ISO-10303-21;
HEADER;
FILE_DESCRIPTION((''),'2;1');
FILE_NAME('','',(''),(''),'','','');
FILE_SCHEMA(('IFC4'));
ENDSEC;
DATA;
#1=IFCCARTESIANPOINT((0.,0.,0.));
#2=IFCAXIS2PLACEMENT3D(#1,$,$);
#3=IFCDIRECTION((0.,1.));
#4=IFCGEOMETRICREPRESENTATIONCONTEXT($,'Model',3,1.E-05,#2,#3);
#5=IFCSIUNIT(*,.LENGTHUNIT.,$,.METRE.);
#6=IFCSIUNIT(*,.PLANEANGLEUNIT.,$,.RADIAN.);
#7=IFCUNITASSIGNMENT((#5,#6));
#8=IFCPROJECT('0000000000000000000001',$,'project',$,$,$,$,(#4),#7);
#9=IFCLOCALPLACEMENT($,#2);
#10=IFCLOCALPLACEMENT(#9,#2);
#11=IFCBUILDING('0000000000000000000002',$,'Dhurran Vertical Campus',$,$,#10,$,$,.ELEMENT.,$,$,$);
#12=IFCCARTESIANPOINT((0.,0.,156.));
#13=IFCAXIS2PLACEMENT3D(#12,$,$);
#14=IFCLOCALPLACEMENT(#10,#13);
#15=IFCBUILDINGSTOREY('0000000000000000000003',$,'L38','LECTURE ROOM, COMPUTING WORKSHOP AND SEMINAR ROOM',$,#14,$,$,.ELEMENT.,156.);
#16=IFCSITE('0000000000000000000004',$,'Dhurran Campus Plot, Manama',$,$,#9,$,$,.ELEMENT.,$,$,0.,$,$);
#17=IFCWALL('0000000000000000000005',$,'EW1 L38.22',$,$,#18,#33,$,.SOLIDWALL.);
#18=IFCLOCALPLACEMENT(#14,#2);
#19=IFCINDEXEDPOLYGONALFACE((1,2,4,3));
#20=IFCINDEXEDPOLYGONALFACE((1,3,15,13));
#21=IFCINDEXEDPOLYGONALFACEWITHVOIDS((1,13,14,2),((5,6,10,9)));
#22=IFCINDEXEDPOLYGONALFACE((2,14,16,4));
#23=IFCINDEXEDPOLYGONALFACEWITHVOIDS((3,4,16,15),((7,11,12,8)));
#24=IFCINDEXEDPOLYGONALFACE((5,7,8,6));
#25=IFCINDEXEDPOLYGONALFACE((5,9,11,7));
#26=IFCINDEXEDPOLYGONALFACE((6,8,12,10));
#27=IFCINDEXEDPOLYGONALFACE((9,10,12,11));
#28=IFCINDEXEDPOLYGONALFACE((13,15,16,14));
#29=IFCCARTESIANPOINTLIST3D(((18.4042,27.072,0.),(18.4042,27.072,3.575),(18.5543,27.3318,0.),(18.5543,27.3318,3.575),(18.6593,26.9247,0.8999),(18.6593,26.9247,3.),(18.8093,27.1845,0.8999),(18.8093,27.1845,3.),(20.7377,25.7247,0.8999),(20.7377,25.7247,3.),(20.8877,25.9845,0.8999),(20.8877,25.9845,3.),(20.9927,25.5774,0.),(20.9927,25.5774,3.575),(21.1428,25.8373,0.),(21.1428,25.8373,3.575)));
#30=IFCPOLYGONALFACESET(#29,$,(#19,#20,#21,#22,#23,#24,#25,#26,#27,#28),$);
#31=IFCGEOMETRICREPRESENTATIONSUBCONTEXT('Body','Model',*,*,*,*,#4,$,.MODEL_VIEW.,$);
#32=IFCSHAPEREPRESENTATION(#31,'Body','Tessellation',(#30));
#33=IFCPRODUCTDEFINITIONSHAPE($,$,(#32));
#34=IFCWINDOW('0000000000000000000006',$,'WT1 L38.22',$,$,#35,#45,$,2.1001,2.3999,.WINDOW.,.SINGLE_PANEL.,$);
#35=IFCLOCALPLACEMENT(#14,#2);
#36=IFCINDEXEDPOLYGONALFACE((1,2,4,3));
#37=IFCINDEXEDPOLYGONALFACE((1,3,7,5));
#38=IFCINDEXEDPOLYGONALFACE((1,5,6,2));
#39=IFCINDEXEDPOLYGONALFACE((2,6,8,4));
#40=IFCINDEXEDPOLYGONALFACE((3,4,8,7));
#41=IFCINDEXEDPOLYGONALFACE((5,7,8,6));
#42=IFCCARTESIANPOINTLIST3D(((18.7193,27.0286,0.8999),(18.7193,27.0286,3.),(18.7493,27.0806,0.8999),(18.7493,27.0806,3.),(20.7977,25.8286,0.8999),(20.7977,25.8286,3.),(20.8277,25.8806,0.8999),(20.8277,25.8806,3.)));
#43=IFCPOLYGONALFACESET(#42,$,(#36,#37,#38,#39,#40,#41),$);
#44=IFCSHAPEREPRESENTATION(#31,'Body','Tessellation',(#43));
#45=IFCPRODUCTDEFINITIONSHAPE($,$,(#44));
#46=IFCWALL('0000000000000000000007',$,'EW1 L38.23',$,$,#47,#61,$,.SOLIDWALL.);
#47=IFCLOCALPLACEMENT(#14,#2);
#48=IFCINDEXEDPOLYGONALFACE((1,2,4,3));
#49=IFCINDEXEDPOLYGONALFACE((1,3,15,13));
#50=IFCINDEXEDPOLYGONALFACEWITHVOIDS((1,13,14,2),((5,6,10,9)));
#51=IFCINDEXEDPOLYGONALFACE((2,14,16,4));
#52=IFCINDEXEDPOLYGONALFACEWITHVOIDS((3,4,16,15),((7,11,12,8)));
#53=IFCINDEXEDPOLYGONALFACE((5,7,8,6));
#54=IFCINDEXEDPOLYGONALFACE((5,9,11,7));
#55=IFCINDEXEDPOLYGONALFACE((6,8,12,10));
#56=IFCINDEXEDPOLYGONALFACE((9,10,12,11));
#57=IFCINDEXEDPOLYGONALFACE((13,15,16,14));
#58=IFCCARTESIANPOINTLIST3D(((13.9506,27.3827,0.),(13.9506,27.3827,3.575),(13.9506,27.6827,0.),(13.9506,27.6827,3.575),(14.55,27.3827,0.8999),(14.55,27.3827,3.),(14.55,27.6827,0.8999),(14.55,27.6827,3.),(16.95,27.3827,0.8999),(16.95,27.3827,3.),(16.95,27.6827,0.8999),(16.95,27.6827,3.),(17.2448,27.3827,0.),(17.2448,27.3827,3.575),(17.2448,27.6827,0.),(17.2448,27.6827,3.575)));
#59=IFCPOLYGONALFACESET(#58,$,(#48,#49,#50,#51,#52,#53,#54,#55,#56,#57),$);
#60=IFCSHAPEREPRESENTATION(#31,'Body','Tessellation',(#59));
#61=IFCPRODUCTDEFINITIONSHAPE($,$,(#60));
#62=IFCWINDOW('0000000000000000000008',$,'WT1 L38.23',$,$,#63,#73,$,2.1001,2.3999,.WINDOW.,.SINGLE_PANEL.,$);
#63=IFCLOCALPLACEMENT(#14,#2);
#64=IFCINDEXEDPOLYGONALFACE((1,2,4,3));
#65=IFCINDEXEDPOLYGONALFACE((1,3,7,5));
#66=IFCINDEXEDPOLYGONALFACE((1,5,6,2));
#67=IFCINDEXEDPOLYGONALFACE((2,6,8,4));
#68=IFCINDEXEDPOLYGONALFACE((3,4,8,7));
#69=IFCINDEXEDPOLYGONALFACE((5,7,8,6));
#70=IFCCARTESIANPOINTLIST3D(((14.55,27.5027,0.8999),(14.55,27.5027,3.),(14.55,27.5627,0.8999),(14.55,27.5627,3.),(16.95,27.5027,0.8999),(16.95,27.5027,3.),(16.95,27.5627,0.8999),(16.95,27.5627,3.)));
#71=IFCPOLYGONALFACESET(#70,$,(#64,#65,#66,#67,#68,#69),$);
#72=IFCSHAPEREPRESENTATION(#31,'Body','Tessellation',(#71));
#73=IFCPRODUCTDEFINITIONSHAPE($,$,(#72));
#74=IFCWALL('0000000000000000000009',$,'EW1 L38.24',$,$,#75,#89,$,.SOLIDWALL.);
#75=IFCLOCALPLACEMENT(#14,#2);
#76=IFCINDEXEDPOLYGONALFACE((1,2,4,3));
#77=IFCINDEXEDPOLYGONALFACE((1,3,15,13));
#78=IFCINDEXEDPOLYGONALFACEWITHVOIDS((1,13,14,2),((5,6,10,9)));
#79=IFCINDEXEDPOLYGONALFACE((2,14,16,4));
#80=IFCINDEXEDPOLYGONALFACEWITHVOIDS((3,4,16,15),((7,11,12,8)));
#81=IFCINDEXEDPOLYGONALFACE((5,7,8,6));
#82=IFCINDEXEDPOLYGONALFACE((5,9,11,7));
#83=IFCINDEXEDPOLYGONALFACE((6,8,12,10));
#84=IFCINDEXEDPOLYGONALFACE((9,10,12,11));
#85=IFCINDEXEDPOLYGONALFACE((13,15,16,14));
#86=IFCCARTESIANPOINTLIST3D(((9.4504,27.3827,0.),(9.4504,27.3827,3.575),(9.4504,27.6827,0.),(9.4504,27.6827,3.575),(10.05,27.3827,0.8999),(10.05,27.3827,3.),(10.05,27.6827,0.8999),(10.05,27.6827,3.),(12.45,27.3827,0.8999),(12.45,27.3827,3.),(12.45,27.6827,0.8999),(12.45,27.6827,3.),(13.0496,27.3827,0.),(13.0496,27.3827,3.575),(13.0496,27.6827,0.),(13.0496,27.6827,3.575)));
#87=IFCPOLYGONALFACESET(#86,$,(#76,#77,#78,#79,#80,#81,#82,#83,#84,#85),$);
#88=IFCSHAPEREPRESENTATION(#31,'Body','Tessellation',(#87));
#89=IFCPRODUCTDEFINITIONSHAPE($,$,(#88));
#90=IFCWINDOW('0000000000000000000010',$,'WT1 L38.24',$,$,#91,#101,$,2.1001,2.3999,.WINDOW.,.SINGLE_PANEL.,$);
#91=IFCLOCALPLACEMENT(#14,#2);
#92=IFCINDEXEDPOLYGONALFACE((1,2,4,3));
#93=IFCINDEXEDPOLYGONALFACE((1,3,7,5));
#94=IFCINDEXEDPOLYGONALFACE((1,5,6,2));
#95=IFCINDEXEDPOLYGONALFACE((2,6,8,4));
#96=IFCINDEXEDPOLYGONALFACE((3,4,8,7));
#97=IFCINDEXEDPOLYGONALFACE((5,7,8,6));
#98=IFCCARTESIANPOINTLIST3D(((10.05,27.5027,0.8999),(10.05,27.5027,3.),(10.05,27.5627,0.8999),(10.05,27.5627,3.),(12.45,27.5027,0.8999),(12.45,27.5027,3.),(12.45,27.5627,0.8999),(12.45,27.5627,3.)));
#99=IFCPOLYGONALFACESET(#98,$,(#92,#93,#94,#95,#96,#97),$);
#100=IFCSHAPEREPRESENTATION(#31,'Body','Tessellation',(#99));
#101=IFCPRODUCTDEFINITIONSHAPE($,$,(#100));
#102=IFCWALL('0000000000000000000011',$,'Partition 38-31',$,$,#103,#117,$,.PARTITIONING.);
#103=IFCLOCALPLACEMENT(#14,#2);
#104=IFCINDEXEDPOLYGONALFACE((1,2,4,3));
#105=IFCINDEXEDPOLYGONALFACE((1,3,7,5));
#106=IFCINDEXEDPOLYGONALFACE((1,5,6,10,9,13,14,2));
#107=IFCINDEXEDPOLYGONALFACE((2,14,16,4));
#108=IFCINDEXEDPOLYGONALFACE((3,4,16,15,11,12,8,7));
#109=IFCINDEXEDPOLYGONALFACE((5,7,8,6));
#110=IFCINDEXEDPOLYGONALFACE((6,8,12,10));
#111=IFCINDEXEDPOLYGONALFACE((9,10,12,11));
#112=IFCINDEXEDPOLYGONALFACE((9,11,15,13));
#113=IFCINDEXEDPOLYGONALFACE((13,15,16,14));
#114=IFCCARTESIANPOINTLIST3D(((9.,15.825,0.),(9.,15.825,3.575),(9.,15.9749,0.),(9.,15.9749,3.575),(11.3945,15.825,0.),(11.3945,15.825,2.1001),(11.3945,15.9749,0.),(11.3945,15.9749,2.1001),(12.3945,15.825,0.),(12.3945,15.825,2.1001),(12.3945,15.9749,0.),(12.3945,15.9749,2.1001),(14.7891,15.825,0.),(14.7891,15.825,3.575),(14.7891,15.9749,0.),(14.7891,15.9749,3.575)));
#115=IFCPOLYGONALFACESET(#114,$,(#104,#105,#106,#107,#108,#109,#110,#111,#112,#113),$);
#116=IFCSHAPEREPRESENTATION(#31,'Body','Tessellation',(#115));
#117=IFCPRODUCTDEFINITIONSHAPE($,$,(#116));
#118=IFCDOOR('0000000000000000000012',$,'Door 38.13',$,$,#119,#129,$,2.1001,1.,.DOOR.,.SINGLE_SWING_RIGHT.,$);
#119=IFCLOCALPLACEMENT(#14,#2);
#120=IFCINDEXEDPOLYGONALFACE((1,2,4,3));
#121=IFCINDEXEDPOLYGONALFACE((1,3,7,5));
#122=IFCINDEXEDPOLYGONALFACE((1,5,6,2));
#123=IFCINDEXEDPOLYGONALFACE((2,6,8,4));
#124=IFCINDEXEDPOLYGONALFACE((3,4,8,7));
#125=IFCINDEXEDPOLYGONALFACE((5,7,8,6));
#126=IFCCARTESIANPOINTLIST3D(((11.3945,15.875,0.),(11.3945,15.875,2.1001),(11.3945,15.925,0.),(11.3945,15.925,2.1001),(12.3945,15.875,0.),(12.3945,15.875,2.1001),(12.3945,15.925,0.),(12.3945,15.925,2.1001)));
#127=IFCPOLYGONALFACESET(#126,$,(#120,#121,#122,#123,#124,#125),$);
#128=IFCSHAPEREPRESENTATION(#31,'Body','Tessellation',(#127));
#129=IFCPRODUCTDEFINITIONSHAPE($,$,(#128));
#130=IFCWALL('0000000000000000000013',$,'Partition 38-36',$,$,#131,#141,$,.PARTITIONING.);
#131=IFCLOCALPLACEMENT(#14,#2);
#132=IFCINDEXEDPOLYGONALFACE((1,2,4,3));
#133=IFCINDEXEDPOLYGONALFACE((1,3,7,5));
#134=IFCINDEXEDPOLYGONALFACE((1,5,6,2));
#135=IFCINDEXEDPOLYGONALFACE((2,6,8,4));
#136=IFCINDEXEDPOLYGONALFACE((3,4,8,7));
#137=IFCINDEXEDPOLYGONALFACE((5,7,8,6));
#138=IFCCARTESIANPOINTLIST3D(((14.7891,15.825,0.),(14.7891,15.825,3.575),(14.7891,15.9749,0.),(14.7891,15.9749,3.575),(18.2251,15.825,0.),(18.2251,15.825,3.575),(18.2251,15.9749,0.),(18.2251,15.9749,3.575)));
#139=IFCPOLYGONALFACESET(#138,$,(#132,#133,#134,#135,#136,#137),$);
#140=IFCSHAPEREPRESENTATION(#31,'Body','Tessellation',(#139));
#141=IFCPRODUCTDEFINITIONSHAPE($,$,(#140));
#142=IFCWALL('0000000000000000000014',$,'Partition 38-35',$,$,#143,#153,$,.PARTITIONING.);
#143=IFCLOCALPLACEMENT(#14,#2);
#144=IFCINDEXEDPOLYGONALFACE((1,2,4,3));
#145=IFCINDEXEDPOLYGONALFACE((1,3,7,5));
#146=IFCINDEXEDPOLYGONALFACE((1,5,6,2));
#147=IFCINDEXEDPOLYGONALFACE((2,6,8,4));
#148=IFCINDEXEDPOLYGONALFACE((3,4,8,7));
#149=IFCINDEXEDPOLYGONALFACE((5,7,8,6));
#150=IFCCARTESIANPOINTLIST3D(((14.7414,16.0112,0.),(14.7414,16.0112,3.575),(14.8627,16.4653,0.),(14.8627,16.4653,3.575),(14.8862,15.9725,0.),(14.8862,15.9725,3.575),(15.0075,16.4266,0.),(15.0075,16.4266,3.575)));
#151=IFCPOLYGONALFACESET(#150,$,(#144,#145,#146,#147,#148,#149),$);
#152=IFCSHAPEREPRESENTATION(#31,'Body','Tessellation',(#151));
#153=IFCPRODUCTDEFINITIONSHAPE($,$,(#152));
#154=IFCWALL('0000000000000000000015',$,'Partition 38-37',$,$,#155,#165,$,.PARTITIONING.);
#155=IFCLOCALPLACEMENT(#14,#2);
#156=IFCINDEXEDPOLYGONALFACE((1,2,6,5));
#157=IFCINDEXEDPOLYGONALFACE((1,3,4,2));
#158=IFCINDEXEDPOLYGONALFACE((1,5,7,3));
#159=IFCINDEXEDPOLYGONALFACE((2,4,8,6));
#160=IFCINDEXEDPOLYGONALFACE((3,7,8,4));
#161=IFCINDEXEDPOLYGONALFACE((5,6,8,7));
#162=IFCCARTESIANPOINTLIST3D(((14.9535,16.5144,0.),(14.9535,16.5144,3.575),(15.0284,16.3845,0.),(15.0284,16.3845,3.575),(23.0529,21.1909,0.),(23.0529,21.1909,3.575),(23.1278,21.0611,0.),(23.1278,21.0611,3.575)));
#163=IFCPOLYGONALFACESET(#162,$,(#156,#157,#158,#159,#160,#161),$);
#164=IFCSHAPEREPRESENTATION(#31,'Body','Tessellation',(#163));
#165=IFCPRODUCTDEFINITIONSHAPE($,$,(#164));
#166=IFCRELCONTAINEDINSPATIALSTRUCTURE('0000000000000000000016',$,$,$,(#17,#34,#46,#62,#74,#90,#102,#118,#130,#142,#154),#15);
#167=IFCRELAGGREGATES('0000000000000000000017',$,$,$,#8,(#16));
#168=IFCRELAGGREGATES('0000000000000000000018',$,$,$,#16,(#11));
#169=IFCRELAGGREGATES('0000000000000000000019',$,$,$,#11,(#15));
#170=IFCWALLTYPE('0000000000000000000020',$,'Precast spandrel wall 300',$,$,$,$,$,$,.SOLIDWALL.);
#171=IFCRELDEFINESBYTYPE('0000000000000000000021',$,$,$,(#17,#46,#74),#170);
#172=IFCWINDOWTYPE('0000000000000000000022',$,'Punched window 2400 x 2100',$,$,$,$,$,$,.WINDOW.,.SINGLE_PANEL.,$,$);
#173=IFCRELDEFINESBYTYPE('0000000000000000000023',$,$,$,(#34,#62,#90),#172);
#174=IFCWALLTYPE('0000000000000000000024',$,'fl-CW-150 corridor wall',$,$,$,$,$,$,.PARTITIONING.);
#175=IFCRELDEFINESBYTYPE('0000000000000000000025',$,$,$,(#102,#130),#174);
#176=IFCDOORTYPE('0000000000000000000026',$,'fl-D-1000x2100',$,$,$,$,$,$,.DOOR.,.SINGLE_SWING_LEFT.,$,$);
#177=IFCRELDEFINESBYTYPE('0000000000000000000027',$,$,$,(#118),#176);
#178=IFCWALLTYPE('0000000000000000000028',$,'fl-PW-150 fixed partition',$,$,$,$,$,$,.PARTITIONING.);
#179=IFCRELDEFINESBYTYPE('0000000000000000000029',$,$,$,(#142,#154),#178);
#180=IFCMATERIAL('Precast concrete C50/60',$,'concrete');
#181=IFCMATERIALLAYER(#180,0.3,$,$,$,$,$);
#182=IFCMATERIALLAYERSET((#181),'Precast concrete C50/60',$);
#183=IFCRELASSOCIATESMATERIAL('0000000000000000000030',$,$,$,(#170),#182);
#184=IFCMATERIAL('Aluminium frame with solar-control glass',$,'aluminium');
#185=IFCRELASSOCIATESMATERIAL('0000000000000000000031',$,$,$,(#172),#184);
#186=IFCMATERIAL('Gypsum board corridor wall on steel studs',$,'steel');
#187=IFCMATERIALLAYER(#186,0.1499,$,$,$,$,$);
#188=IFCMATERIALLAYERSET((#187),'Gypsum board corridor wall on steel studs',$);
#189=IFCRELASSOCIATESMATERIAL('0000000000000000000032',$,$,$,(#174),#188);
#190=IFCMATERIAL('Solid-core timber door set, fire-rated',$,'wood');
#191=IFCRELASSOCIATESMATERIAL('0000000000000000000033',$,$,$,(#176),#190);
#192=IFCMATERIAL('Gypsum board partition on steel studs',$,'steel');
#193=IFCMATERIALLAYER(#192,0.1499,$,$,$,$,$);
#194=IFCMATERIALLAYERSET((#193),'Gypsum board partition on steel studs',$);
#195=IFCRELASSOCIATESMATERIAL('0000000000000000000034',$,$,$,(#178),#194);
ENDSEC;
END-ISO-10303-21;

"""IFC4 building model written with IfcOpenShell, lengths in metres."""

from ifc_helpers import new_model, si_unit, direction, frame, frame_2d, origin, place, context, subcontext, project, spatial, rectangle, extrude, material, layer, layer_set, type_object, element, fill, save


model = new_model("IFC4")

# Units and contexts
model_context = context("Model", 3, precision=1e-05, world=origin(), true_north=direction((0.0, 1.0)))
body_context = subcontext(model_context, "Body", "Model", "MODEL_VIEW")
ifc_project = project(units=[si_unit("LENGTHUNIT", "METRE"), si_unit("PLANEANGLEUNIT", "RADIAN")], contexts=[model_context])

# Site, building, storey
site_placement = place(None, origin())
site = spatial("IfcSite", under=ifc_project, at=site_placement, Name="Dhurran Campus Plot, Manama", CompositionType="ELEMENT", RefElevation=0.0)
building_placement = place(site_placement, origin())
building = spatial("IfcBuilding", under=site, at=building_placement, Name="Dhurran Vertical Campus", CompositionType="ELEMENT")
storey_placement = place(building_placement, frame((0.0, 0.0, 156.0)))
storey = spatial("IfcBuildingStorey", under=building, at=storey_placement, Name="L38", Description="LECTURE ROOM, COMPUTING WORKSHOP AND SEMINAR ROOM", CompositionType="ELEMENT", Elevation=156.0)

# Walls, openings, windows
ifc_material_1 = material(Name="Precast concrete C50/60", Category="concrete")
ifc_layer_1 = layer(ifc_material_1, 0.3)
ifc_layer_set_1 = layer_set([ifc_layer_1], Name="Precast concrete C50/60")
wall_type_1 = type_object("IfcWallType", Name="Precast spandrel wall 300", PredefinedType="SOLIDWALL", material=ifc_layer_set_1)
ifc_material_2 = material(Name="Aluminium frame with solar-control glass", Category="aluminium")
window_type = type_object("IfcWindowType", Name="Punched window 2400 x 2100", PartitioningType="SINGLE_PANEL", PredefinedType="WINDOW", material=ifc_material_2)
wall_1_placement = place(storey_placement, frame((21.0679, 25.7073, 0.0), z_axis=(0.0, 0.0, 1.0), x_axis=(-0.866013, 0.500022, 0.0)))
wall_1 = element("IfcWall", 1, at=wall_1_placement, inside=storey, type_object=wall_type_1, Name="EW1 L38.22", PredefinedType="SOLIDWALL", context=body_context, shape_type="SweptSolid", body=[
    extrude(rectangle(XDim=2.989, YDim=0.3, at=frame_2d((1.4946, 0.0))), origin(), (0.0, 0.0, 1.0), 3.575),
])
opening_1_placement = place(wall_1_placement, frame((0.2947, 0.0, 0.8999)))
opening_1 = element("IfcOpeningElement", 2, at=opening_1_placement, cuts=wall_1, PredefinedType="OPENING", context=body_context, shape_type="SweptSolid", body=[
    extrude(rectangle(XDim=2.3999, YDim=2.1001, at=frame_2d((1.2, 1.05))), frame((0.0, 0.1599, 0.0), z_axis=(0.0, -1.0, 0.0), x_axis=(1.0, 0.0, 0.0)), (0.0, 0.0, 1.0), 0.3201),
])
window_1_placement = place(opening_1_placement, origin())
window_1 = element("IfcWindow", 3, at=window_1_placement, inside=storey, type_object=window_type, Name="WT1 L38.22", OverallHeight=2.1001, OverallWidth=2.3999, PartitioningType="SINGLE_PANEL", PredefinedType="WINDOW", context=body_context, shape_type="SweptSolid", body=[
    extrude(rectangle(XDim=2.3999, YDim=2.1001, at=frame_2d((1.2, 1.05))), frame((0.0, 0.03, 0.0), z_axis=(0.0, -1.0, 0.0), x_axis=(1.0, 0.0, 0.0)), (0.0, 0.0, 1.0), 0.0601),
])
fill(opening_1, window_1)
wall_2_placement = place(storey_placement, frame((17.2446, 27.5327, 0.0), z_axis=(0.0, 0.0, 1.0), x_axis=(-1.0, 0.0, 0.0)))
wall_2 = element("IfcWall", 4, at=wall_2_placement, inside=storey, type_object=wall_type_1, Name="EW1 L38.23", PredefinedType="SOLIDWALL", context=body_context, shape_type="SweptSolid", body=[
    extrude(rectangle(XDim=3.2942, YDim=0.3, at=frame_2d((1.647, 0.0))), origin(), (0.0, 0.0, 1.0), 3.575),
])
opening_2_placement = place(wall_2_placement, frame((0.2947, 0.0, 0.8999)))
opening_2 = element("IfcOpeningElement", 5, at=opening_2_placement, cuts=wall_2, PredefinedType="OPENING", context=body_context, shape_type="SweptSolid", body=[
    extrude(rectangle(XDim=2.3999, YDim=2.1001, at=frame_2d((1.2, 1.05))), frame((0.0, 0.1599, 0.0), z_axis=(0.0, -1.0, 0.0), x_axis=(1.0, 0.0, 0.0)), (0.0, 0.0, 1.0), 0.3201),
])
window_2_placement = place(opening_2_placement, origin())
window_2 = element("IfcWindow", 6, at=window_2_placement, inside=storey, type_object=window_type, Name="WT1 L38.23", OverallHeight=2.1001, OverallWidth=2.3999, PartitioningType="SINGLE_PANEL", PredefinedType="WINDOW", context=body_context, shape_type="SweptSolid", body=[
    extrude(rectangle(XDim=2.3999, YDim=2.1001, at=frame_2d((1.2, 1.05))), frame((0.0, 0.03, 0.0), z_axis=(0.0, -1.0, 0.0), x_axis=(1.0, 0.0, 0.0)), (0.0, 0.0, 1.0), 0.0601),
])
fill(opening_2, window_2)
wall_3_placement = place(storey_placement, frame((13.0496, 27.5327, 0.0), z_axis=(0.0, 0.0, 1.0), x_axis=(-1.0, 0.0, 0.0)))
wall_3 = element("IfcWall", 7, at=wall_3_placement, inside=storey, type_object=wall_type_1, Name="EW1 L38.24", PredefinedType="SOLIDWALL", context=body_context, shape_type="SweptSolid", body=[
    extrude(rectangle(XDim=3.5991, YDim=0.3, at=frame_2d((1.7996, 0.0))), origin(), (0.0, 0.0, 1.0), 3.575),
])
opening_3_placement = place(wall_3_placement, frame((0.5996, 0.0, 0.8999)))
opening_3 = element("IfcOpeningElement", 8, at=opening_3_placement, cuts=wall_3, PredefinedType="OPENING", context=body_context, shape_type="SweptSolid", body=[
    extrude(rectangle(XDim=2.3999, YDim=2.1001, at=frame_2d((1.2, 1.05))), frame((0.0, 0.1599, 0.0), z_axis=(0.0, -1.0, 0.0), x_axis=(1.0, 0.0, 0.0)), (0.0, 0.0, 1.0), 0.3201),
])
window_3_placement = place(opening_3_placement, origin())
window_3 = element("IfcWindow", 9, at=window_3_placement, inside=storey, type_object=window_type, Name="WT1 L38.24", OverallHeight=2.1001, OverallWidth=2.3999, PartitioningType="SINGLE_PANEL", PredefinedType="WINDOW", context=body_context, shape_type="SweptSolid", body=[
    extrude(rectangle(XDim=2.3999, YDim=2.1001, at=frame_2d((1.2, 1.05))), frame((0.0, 0.03, 0.0), z_axis=(0.0, -1.0, 0.0), x_axis=(1.0, 0.0, 0.0)), (0.0, 0.0, 1.0), 0.0601),
])
fill(opening_3, window_3)

# Wall, opening, door
ifc_material_3 = material(Name="Gypsum board corridor wall on steel studs", Category="steel")
ifc_layer_2 = layer(ifc_material_3, 0.1499)
ifc_layer_set_2 = layer_set([ifc_layer_2], Name="Gypsum board corridor wall on steel studs")
wall_type_2 = type_object("IfcWallType", Name="fl-CW-150 corridor wall", PredefinedType="PARTITIONING", material=ifc_layer_set_2)
wall_4_placement = place(storey_placement, frame((14.7891, 15.8999, 0.0), z_axis=(0.0, 0.0, 1.0), x_axis=(-1.0, 0.0, 0.0)))
wall_4 = element("IfcWall", 10, at=wall_4_placement, inside=storey, type_object=wall_type_2, Name="Partition 38-31", PredefinedType="PARTITIONING", context=body_context, shape_type="SweptSolid", body=[
    extrude(rectangle(XDim=5.7891, YDim=0.1499, at=frame_2d((2.8945, 0.0))), origin(), (0.0, 0.0, 1.0), 3.575),
])
opening_4_placement = place(wall_4_placement, frame((2.3945, 0.0, 0.0)))
opening_4 = element("IfcOpeningElement", 11, at=opening_4_placement, cuts=wall_4, PredefinedType="OPENING", context=body_context, shape_type="SweptSolid", body=[
    extrude(rectangle(XDim=1.0, YDim=2.1001, at=frame_2d((0.5, 1.05))), frame((0.0, 0.085, 0.0), z_axis=(0.0, -1.0, 0.0), x_axis=(1.0, 0.0, 0.0)), (0.0, 0.0, 1.0), 0.1699),
])
ifc_material_4 = material(Name="Solid-core timber door set, fire-rated", Category="wood")
door_type = type_object("IfcDoorType", Name="fl-D-1000x2100", OperationType="SINGLE_SWING_LEFT", PredefinedType="DOOR", material=ifc_material_4)
door_placement = place(opening_4_placement, origin())
door = element("IfcDoor", 12, at=door_placement, inside=storey, type_object=door_type, Name="Door 38.13", OperationType="SINGLE_SWING_RIGHT", OverallHeight=2.1001, OverallWidth=1.0, PredefinedType="DOOR", context=body_context, shape_type="SweptSolid", body=[
    extrude(rectangle(XDim=1.0, YDim=2.1001, at=frame_2d((0.5, 1.05))), frame((0.0, 0.0249, 0.0), z_axis=(0.0, -1.0, 0.0), x_axis=(1.0, 0.0, 0.0)), (0.0, 0.0, 1.0), 0.05),
])
fill(opening_4, door)

# Walls
wall_5_placement = place(storey_placement, frame((18.2251, 15.8999, 0.0), z_axis=(0.0, 0.0, 1.0), x_axis=(-1.0, 0.0, 0.0)))
element("IfcWall", 13, at=wall_5_placement, inside=storey, type_object=wall_type_2, Name="Partition 38-36", PredefinedType="PARTITIONING", context=body_context, shape_type="SweptSolid", body=[
    extrude(rectangle(XDim=3.436, YDim=0.1499, at=frame_2d((1.718, 0.0))), origin(), (0.0, 0.0, 1.0), 3.575),
])
ifc_material_5 = material(Name="Gypsum board partition on steel studs", Category="steel")
ifc_layer_3 = layer(ifc_material_5, 0.1499)
ifc_layer_set_3 = layer_set([ifc_layer_3], Name="Gypsum board partition on steel studs")
wall_type_3 = type_object("IfcWallType", Name="fl-PW-150 fixed partition", PredefinedType="PARTITIONING", material=ifc_layer_set_3)
wall_6_placement = place(storey_placement, frame((14.9351, 16.4458, 0.0), z_axis=(0.0, 0.0, 1.0), x_axis=(-0.258148, -0.966106, 0.0)))
element("IfcWall", 14, at=wall_6_placement, inside=storey, type_object=wall_type_3, Name="Partition 38-35", PredefinedType="PARTITIONING", context=body_context, shape_type="SweptSolid", body=[
    extrude(rectangle(XDim=0.47, YDim=0.1499, at=frame_2d((0.2349, 0.0))), origin(), (0.0, 0.0, 1.0), 3.575),
])
wall_7_placement = place(storey_placement, frame((23.0903, 21.126, 0.0), z_axis=(0.0, 0.0, 1.0), x_axis=(-0.86601, -0.500028, 0.0)))
element("IfcWall", 15, at=wall_7_placement, inside=storey, type_object=wall_type_3, Name="Partition 38-37", PredefinedType="PARTITIONING", context=body_context, shape_type="SweptSolid", body=[
    extrude(rectangle(XDim=9.3525, YDim=0.1499, at=frame_2d((4.6763, 0.0))), origin(), (0.0, 0.0, 1.0), 3.575),
])

save(model, "model.ifc")
